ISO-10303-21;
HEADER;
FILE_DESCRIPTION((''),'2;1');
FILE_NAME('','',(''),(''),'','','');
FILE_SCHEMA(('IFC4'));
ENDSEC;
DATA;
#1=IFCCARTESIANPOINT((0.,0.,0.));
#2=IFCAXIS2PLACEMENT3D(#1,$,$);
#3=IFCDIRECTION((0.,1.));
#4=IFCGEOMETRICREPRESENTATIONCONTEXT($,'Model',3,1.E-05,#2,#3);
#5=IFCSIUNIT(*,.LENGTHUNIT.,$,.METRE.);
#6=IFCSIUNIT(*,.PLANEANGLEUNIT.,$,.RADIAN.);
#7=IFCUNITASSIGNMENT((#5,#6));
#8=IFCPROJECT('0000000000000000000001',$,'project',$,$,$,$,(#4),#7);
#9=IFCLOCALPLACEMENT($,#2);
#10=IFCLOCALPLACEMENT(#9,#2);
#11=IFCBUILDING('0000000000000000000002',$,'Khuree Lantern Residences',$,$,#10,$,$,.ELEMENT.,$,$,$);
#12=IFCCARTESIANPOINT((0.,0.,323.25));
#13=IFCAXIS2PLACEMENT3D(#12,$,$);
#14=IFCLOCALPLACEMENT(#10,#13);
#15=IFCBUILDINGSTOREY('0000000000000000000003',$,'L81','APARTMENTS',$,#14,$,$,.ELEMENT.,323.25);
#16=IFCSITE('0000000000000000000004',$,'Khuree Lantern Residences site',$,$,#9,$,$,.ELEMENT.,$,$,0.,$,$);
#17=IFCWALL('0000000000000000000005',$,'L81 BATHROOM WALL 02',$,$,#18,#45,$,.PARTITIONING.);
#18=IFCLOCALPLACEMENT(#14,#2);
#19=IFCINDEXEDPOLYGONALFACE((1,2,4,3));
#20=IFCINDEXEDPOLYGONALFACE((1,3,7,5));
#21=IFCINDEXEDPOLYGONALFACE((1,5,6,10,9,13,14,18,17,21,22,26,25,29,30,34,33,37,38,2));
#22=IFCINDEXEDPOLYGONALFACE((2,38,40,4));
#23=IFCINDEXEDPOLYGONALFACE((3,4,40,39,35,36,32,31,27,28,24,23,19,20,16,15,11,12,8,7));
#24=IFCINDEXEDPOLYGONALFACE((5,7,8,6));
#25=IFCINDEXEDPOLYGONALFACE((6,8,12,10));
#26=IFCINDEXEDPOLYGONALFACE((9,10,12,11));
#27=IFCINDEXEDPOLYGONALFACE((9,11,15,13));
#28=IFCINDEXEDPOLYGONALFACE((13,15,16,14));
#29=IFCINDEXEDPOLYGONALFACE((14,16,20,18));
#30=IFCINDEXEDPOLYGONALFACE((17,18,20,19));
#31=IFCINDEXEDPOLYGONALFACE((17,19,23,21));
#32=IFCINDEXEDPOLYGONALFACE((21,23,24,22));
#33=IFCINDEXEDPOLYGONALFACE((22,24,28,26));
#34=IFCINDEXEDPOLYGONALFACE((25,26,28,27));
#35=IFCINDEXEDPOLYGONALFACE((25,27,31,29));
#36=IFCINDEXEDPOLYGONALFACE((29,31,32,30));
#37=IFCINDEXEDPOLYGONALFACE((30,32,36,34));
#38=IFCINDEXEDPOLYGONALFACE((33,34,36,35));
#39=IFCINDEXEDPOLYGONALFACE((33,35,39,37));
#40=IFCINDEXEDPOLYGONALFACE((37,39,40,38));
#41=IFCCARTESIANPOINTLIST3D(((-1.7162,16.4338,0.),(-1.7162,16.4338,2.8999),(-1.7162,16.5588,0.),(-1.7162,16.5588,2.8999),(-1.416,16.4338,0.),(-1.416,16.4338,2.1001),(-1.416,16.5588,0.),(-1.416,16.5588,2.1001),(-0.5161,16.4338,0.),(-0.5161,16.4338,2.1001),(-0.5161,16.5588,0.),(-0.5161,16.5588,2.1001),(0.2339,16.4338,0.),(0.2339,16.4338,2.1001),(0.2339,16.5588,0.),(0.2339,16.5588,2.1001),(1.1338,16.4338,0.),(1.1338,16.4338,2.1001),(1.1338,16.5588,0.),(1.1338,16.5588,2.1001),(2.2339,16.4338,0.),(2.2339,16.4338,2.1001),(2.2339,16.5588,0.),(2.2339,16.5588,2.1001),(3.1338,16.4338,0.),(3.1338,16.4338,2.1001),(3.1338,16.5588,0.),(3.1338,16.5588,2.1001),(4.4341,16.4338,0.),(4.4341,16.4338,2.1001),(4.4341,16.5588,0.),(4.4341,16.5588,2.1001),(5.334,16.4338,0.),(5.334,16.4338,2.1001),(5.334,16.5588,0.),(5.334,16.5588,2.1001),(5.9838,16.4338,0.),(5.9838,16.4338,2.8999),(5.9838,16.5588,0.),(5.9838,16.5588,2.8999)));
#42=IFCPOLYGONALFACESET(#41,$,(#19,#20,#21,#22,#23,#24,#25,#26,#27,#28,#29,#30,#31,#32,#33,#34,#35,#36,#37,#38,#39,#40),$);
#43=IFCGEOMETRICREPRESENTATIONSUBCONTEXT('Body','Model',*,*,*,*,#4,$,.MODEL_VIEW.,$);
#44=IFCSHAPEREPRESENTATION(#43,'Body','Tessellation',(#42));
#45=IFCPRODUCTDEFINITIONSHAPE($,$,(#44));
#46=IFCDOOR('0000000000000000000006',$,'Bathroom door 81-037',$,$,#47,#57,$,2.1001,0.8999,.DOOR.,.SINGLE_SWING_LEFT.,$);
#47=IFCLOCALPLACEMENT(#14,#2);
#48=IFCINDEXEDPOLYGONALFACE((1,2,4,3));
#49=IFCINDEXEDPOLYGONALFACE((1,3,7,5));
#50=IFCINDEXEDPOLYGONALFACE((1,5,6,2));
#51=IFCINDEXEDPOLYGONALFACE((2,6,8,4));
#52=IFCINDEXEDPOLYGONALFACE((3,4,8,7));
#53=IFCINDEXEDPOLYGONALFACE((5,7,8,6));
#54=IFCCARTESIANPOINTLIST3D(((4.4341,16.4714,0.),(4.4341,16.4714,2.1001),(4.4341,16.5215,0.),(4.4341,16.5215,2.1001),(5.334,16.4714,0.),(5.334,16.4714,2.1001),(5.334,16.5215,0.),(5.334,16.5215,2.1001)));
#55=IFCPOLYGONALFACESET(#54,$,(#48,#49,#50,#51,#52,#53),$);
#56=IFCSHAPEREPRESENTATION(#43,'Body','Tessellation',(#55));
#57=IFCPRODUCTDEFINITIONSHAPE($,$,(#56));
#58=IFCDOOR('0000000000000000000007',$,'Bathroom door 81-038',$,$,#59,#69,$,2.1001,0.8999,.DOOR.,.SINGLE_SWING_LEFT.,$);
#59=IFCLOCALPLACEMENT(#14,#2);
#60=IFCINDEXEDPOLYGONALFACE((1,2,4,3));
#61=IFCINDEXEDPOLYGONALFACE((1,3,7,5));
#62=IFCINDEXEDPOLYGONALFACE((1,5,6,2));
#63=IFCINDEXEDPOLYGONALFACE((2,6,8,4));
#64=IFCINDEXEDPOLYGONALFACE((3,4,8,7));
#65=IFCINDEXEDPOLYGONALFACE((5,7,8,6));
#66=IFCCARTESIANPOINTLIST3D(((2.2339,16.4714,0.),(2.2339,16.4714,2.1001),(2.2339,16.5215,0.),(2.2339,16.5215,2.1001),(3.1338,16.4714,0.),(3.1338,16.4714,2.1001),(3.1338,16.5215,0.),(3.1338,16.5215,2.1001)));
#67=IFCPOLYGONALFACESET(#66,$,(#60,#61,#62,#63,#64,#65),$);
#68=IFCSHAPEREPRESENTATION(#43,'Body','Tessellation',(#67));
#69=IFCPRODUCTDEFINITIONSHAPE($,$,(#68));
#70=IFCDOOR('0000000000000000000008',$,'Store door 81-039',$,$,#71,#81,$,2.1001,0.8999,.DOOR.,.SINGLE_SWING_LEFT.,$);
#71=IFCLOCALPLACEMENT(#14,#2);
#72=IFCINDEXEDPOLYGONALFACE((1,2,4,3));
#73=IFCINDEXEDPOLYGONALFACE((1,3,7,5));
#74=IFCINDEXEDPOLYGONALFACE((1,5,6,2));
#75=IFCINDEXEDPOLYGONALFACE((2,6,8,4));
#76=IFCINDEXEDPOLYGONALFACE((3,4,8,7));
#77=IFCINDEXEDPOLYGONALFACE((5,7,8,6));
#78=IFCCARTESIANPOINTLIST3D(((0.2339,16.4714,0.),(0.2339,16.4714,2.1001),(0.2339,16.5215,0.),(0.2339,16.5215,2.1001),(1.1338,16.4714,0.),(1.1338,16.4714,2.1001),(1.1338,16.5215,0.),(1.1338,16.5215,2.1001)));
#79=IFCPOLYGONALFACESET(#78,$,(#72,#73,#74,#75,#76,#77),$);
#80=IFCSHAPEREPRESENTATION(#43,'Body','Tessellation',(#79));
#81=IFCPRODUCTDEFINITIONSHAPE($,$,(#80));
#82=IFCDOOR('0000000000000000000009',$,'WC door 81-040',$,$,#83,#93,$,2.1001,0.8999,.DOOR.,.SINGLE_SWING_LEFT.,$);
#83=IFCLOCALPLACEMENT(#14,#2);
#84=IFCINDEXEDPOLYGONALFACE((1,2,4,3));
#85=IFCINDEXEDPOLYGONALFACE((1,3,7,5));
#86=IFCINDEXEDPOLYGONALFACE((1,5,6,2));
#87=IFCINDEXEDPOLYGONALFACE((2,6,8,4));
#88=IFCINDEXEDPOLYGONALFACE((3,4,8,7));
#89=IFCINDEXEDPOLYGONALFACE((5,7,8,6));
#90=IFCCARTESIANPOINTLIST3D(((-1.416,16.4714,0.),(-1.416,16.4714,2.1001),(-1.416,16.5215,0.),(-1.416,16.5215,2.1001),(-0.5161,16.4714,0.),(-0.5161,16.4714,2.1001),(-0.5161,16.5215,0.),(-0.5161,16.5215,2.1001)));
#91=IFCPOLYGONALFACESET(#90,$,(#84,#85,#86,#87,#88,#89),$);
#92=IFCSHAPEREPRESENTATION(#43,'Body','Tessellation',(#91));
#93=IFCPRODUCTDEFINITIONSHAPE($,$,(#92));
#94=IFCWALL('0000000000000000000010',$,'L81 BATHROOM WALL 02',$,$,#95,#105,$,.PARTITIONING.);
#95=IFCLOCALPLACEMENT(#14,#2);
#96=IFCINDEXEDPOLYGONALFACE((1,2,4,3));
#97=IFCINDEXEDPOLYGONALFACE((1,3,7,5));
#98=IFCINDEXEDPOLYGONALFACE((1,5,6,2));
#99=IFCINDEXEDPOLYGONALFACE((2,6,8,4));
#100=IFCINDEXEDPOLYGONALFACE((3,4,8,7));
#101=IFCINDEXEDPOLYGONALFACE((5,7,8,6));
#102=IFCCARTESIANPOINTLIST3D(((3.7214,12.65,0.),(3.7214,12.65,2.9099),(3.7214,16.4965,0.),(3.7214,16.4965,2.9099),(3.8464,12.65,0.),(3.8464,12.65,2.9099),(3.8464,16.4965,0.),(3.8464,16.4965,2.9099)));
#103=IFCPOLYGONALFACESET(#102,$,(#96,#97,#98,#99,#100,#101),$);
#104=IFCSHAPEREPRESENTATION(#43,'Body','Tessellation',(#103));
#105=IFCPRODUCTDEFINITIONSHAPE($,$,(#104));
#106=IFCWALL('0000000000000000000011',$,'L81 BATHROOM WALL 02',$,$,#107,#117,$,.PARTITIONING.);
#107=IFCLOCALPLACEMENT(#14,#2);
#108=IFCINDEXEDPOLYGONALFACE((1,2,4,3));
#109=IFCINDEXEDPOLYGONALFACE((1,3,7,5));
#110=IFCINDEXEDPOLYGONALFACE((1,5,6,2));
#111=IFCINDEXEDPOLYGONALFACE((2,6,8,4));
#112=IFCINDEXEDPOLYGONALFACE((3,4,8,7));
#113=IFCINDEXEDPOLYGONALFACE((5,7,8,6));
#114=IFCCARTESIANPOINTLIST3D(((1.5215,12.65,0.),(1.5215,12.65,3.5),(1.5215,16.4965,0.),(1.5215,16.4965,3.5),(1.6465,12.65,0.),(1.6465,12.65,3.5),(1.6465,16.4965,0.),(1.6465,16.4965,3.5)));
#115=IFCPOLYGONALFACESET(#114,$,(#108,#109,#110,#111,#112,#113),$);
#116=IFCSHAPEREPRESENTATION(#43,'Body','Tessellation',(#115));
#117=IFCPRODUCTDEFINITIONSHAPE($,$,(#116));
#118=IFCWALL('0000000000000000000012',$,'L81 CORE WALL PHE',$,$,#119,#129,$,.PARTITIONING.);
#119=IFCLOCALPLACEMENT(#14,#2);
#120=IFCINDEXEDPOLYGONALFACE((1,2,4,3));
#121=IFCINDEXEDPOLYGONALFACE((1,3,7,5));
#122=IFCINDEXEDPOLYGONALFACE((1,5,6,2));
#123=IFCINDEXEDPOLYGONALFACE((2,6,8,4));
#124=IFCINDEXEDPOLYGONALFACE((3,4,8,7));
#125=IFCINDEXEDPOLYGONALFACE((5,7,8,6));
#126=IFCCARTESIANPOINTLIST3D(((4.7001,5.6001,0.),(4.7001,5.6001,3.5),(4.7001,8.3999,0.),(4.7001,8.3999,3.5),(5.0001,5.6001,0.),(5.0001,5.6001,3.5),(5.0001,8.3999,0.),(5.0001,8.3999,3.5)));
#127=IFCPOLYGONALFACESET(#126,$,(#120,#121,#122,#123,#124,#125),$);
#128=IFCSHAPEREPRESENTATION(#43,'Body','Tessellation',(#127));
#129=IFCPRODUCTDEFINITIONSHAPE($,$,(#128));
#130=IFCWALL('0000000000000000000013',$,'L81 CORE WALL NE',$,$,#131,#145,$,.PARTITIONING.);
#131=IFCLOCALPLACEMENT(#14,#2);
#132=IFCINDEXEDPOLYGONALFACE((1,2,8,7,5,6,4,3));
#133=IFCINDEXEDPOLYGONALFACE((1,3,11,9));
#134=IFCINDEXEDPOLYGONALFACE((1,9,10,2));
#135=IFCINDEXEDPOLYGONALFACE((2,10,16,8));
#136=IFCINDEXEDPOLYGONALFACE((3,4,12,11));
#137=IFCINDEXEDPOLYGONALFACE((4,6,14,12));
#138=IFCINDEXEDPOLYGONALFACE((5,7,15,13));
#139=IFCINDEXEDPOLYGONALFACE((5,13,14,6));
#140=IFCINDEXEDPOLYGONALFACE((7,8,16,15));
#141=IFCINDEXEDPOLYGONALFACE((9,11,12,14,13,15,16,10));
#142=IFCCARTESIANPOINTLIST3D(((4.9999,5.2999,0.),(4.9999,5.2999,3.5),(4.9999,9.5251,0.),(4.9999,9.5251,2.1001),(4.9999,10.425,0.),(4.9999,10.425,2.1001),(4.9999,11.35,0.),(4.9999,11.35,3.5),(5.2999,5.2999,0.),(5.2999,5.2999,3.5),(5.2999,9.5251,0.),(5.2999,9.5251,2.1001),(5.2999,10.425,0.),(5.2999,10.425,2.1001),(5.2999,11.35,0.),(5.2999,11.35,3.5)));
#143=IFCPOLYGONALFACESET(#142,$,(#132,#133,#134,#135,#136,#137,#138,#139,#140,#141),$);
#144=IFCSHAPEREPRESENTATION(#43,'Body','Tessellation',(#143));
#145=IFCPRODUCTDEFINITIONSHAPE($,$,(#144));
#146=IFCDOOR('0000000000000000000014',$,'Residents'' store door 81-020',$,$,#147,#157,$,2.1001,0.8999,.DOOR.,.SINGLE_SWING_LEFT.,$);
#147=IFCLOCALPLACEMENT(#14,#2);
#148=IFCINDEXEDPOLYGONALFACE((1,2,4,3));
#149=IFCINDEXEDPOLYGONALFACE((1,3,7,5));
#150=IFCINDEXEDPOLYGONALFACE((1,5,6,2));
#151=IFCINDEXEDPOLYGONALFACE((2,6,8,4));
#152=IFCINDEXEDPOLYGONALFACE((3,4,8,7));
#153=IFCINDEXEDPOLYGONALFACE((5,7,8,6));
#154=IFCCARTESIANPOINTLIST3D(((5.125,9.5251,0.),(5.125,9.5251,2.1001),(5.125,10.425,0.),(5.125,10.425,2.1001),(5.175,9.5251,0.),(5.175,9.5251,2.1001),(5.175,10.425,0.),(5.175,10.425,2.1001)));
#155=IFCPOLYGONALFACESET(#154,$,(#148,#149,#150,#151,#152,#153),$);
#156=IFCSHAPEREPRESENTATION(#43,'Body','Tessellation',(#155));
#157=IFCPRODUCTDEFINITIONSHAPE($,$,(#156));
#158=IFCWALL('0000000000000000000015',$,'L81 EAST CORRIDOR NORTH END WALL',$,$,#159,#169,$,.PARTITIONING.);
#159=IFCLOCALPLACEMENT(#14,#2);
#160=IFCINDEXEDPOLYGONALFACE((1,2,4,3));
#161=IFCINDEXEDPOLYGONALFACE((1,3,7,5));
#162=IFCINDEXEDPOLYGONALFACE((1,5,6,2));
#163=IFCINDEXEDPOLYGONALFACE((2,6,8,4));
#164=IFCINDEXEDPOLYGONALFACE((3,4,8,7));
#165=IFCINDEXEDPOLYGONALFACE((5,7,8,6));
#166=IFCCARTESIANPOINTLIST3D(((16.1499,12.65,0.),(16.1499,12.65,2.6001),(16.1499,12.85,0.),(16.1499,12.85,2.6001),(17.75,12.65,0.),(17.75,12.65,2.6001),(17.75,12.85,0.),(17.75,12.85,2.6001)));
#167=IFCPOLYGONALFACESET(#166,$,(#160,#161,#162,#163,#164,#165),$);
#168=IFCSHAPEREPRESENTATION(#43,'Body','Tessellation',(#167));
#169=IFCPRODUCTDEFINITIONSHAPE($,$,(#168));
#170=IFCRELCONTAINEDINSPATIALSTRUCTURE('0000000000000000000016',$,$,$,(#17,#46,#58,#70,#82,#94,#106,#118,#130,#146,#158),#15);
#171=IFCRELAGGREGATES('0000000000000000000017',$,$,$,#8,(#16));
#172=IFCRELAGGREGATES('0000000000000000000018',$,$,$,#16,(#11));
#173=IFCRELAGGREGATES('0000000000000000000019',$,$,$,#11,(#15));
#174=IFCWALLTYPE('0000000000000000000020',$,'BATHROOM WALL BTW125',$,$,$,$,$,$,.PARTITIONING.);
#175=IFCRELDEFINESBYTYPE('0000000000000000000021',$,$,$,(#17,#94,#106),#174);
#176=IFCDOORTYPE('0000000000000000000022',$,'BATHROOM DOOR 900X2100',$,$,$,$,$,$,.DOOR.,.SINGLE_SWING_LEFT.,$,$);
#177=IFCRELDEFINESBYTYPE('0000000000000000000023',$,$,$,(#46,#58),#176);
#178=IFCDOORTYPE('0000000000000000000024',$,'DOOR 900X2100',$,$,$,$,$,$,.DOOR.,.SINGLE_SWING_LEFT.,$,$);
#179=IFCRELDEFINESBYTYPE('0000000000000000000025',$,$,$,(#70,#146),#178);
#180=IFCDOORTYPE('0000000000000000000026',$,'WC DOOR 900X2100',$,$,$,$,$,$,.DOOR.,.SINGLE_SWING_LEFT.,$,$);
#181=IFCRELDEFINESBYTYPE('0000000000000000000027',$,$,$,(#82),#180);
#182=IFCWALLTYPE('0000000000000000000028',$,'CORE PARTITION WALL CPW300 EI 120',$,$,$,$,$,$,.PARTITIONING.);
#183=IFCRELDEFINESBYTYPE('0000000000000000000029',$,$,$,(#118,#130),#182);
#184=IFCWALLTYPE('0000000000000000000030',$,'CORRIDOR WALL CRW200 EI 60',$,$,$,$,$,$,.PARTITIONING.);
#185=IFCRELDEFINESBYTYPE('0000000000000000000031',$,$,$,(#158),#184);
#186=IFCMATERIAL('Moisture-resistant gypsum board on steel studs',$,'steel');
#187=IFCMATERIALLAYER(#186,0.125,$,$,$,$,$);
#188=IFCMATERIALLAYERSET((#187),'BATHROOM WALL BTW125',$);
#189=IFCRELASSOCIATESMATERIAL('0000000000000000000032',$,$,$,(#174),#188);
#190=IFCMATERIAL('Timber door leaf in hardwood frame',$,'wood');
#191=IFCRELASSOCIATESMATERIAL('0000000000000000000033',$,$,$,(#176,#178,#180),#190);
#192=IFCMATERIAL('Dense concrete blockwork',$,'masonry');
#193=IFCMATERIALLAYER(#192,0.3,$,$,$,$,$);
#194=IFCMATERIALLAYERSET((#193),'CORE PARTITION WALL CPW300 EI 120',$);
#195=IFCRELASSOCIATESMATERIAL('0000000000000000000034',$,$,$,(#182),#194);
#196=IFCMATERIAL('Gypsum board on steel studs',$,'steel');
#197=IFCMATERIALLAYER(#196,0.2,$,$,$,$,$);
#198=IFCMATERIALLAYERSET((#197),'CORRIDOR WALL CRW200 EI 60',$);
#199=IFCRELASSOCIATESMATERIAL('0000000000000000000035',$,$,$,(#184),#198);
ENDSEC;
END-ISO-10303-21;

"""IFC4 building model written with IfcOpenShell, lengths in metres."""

from ifc_helpers import new_model, si_unit, direction, frame, frame_2d, origin, place, context, subcontext, project, spatial, rectangle, extrude, material, layer, layer_set, type_object, element, fill, save


model = new_model("IFC4")

# Units and contexts
model_context = context("Model", 3, precision=1e-05, world=origin(), true_north=direction((0.0, 1.0)))
body_context = subcontext(model_context, "Body", "Model", "MODEL_VIEW")
ifc_project = project(units=[si_unit("LENGTHUNIT", "METRE"), si_unit("PLANEANGLEUNIT", "RADIAN")], contexts=[model_context])

# Site, building, storey
site_placement = place(None, origin())
site = spatial("IfcSite", under=ifc_project, at=site_placement, Name="Khuree Lantern Residences site", CompositionType="ELEMENT", RefElevation=0.0)
building_placement = place(site_placement, origin())
building = spatial("IfcBuilding", under=site, at=building_placement, Name="Khuree Lantern Residences", CompositionType="ELEMENT")
storey_placement = place(building_placement, frame((0.0, 0.0, 323.25)))
storey = spatial("IfcBuildingStorey", under=building, at=storey_placement, Name="L81", Description="APARTMENTS", CompositionType="ELEMENT", Elevation=323.25)

# Shared definitions
ifc_material_1 = material(Name="Moisture-resistant gypsum board on steel studs", Category="steel")
ifc_layer_1 = layer(ifc_material_1, 0.125)
ifc_layer_set_1 = layer_set([ifc_layer_1], Name="BATHROOM WALL BTW125")
wall_type_1 = type_object("IfcWallType", Name="BATHROOM WALL BTW125", PredefinedType="PARTITIONING", material=ifc_layer_set_1)

# Wall, openings, doors
wall_1_placement = place(storey_placement, frame((5.9839, 16.4963, 0.0), z_axis=(0.0, 0.0, 1.0), x_axis=(-1.0, 0.0, 0.0)))
wall_1 = element("IfcWall", 1, at=wall_1_placement, inside=storey, type_object=wall_type_1, Name="L81 BATHROOM WALL 02", PredefinedType="PARTITIONING", context=body_context, shape_type="SweptSolid", body=[
    extrude(rectangle(XDim=7.7, YDim=0.125, at=frame_2d((3.8501, 0.0))), origin(), (0.0, 0.0, 1.0), 2.8999),
])
opening_1_placement = place(wall_1_placement, frame((0.6499, 0.0, 0.0)))
opening_1 = element("IfcOpeningElement", 2, at=opening_1_placement, cuts=wall_1, PredefinedType="OPENING", context=body_context, shape_type="SweptSolid", body=[
    extrude(rectangle(XDim=0.8999, YDim=2.1001, at=frame_2d((0.45, 1.05))), frame((0.0, 0.0725, 0.0), z_axis=(0.0, -1.0, 0.0), x_axis=(1.0, 0.0, 0.0)), (0.0, 0.0, 1.0), 0.145),
])
opening_2_placement = place(wall_1_placement, frame((2.8501, 0.0, 0.0)))
opening_2 = element("IfcOpeningElement", 3, at=opening_2_placement, cuts=wall_1, PredefinedType="OPENING", context=body_context, shape_type="SweptSolid", body=[
    extrude(rectangle(XDim=0.8999, YDim=2.1001, at=frame_2d((0.45, 1.05))), frame((0.0, 0.0725, 0.0), z_axis=(0.0, -1.0, 0.0), x_axis=(1.0, 0.0, 0.0)), (0.0, 0.0, 1.0), 0.145),
])
opening_3_placement = place(wall_1_placement, frame((4.8501, 0.0, 0.0)))
opening_3 = element("IfcOpeningElement", 4, at=opening_3_placement, cuts=wall_1, PredefinedType="OPENING", context=body_context, shape_type="SweptSolid", body=[
    extrude(rectangle(XDim=0.8999, YDim=2.1001, at=frame_2d((0.45, 1.05))), frame((0.0, 0.0725, 0.0), z_axis=(0.0, -1.0, 0.0), x_axis=(1.0, 0.0, 0.0)), (0.0, 0.0, 1.0), 0.145),
])
opening_4_placement = place(wall_1_placement, frame((6.5, 0.0, 0.0)))
opening_4 = element("IfcOpeningElement", 5, at=opening_4_placement, cuts=wall_1, PredefinedType="OPENING", context=body_context, shape_type="SweptSolid", body=[
    extrude(rectangle(XDim=0.8999, YDim=2.1001, at=frame_2d((0.45, 1.05))), frame((0.0, 0.0725, 0.0), z_axis=(0.0, -1.0, 0.0), x_axis=(1.0, 0.0, 0.0)), (0.0, 0.0, 1.0), 0.145),
])
ifc_material_2 = material(Name="Timber door leaf in hardwood frame", Category="wood")
door_type_1 = type_object("IfcDoorType", Name="BATHROOM DOOR 900X2100", OperationType="SINGLE_SWING_LEFT", PredefinedType="DOOR", material=ifc_material_2)
door_1_placement = place(opening_1_placement, origin())
door_1 = element("IfcDoor", 6, at=door_1_placement, inside=storey, type_object=door_type_1, Name="Bathroom door 81-037", OperationType="SINGLE_SWING_LEFT", OverallHeight=2.1001, OverallWidth=0.8999, PredefinedType="DOOR", context=body_context, shape_type="SweptSolid", body=[
    extrude(rectangle(XDim=0.8999, YDim=2.1001, at=frame_2d((0.45, 1.05))), frame((0.0, 0.0249, 0.0), z_axis=(0.0, -1.0, 0.0), x_axis=(1.0, 0.0, 0.0)), (0.0, 0.0, 1.0), 0.05),
])
fill(opening_1, door_1)
door_2_placement = place(opening_2_placement, origin())
door_2 = element("IfcDoor", 7, at=door_2_placement, inside=storey, type_object=door_type_1, Name="Bathroom door 81-038", OperationType="SINGLE_SWING_LEFT", OverallHeight=2.1001, OverallWidth=0.8999, PredefinedType="DOOR", context=body_context, shape_type="SweptSolid", body=[
    extrude(rectangle(XDim=0.8999, YDim=2.1001, at=frame_2d((0.45, 1.05))), frame((0.0, 0.0249, 0.0), z_axis=(0.0, -1.0, 0.0), x_axis=(1.0, 0.0, 0.0)), (0.0, 0.0, 1.0), 0.05),
])
fill(opening_2, door_2)
door_type_2 = type_object("IfcDoorType", Name="DOOR 900X2100", OperationType="SINGLE_SWING_LEFT", PredefinedType="DOOR", material=ifc_material_2)
door_3_placement = place(opening_3_placement, origin())
door_3 = element("IfcDoor", 8, at=door_3_placement, inside=storey, type_object=door_type_2, Name="Store door 81-039", OperationType="SINGLE_SWING_LEFT", OverallHeight=2.1001, OverallWidth=0.8999, PredefinedType="DOOR", context=body_context, shape_type="SweptSolid", body=[
    extrude(rectangle(XDim=0.8999, YDim=2.1001, at=frame_2d((0.45, 1.05))), frame((0.0, 0.0249, 0.0), z_axis=(0.0, -1.0, 0.0), x_axis=(1.0, 0.0, 0.0)), (0.0, 0.0, 1.0), 0.05),
])
fill(opening_3, door_3)
door_type_3 = type_object("IfcDoorType", Name="WC DOOR 900X2100", OperationType="SINGLE_SWING_LEFT", PredefinedType="DOOR", material=ifc_material_2)
door_4_placement = place(opening_4_placement, origin())
door_4 = element("IfcDoor", 9, at=door_4_placement, inside=storey, type_object=door_type_3, Name="WC door 81-040", OperationType="SINGLE_SWING_LEFT", OverallHeight=2.1001, OverallWidth=0.8999, PredefinedType="DOOR", context=body_context, shape_type="SweptSolid", body=[
    extrude(rectangle(XDim=0.8999, YDim=2.1001, at=frame_2d((0.45, 1.05))), frame((0.0, 0.0249, 0.0), z_axis=(0.0, -1.0, 0.0), x_axis=(1.0, 0.0, 0.0)), (0.0, 0.0, 1.0), 0.05),
])
fill(opening_4, door_4)

# Walls
wall_2_placement = place(storey_placement, frame((3.7839, 12.6499, 0.0), z_axis=(0.0, 0.0, 1.0), x_axis=(0.0, 1.0, 0.0)))
element("IfcWall", 10, at=wall_2_placement, inside=storey, type_object=wall_type_1, Name="L81 BATHROOM WALL 02", PredefinedType="PARTITIONING", context=body_context, shape_type="SweptSolid", body=[
    extrude(rectangle(XDim=3.8464, YDim=0.125, at=frame_2d((1.9233, 0.0))), origin(), (0.0, 0.0, 1.0), 2.9099),
])
wall_3_placement = place(storey_placement, frame((1.584, 12.6499, 0.0), z_axis=(0.0, 0.0, 1.0), x_axis=(0.0, 1.0, 0.0)))
element("IfcWall", 11, at=wall_3_placement, inside=storey, type_object=wall_type_1, Name="L81 BATHROOM WALL 02", PredefinedType="PARTITIONING", context=body_context, shape_type="SweptSolid", body=[
    extrude(rectangle(XDim=3.8464, YDim=0.125, at=frame_2d((1.9233, 0.0))), origin(), (0.0, 0.0, 1.0), 3.5),
])
ifc_material_3 = material(Name="Dense concrete blockwork", Category="masonry")
ifc_layer_2 = layer(ifc_material_3, 0.3)
ifc_layer_set_2 = layer_set([ifc_layer_2], Name="CORE PARTITION WALL CPW300 EI 120")
wall_type_2 = type_object("IfcWallType", Name="CORE PARTITION WALL CPW300 EI 120", PredefinedType="PARTITIONING", material=ifc_layer_set_2)
wall_4_placement = place(storey_placement, frame((4.8501, 5.6001, 0.0), z_axis=(0.0, 0.0, 1.0), x_axis=(0.0, 1.0, 0.0)))
element("IfcWall", 12, at=wall_4_placement, inside=storey, type_object=wall_type_2, Name="L81 CORE WALL PHE", PredefinedType="PARTITIONING", context=body_context, shape_type="SweptSolid", body=[
    extrude(rectangle(XDim=2.7998, YDim=0.3, at=frame_2d((1.3999, 0.0))), origin(), (0.0, 0.0, 1.0), 3.5),
])

# Wall, opening, door
wall_5_placement = place(storey_placement, frame((5.1499, 5.3, 0.0), z_axis=(0.0, 0.0, 1.0), x_axis=(0.0, 1.0, 0.0)))
wall_5 = element("IfcWall", 13, at=wall_5_placement, inside=storey, type_object=wall_type_2, Name="L81 CORE WALL NE", PredefinedType="PARTITIONING", context=body_context, shape_type="SweptSolid", body=[
    extrude(rectangle(XDim=6.05, YDim=0.3, at=frame_2d((3.0249, 0.0))), origin(), (0.0, 0.0, 1.0), 3.5),
])
opening_5_placement = place(wall_5_placement, frame((4.2251, 0.0, 0.0)))
opening_5 = element("IfcOpeningElement", 14, at=opening_5_placement, cuts=wall_5, PredefinedType="OPENING", context=body_context, shape_type="SweptSolid", body=[
    extrude(rectangle(XDim=0.8999, YDim=2.1001, at=frame_2d((0.45, 1.05))), frame((0.0, 0.1602, 0.0), z_axis=(0.0, -1.0, 0.0), x_axis=(1.0, 0.0, 0.0)), (0.0, 0.0, 1.0), 0.3201),
])
door_5_placement = place(opening_5_placement, origin())
door_5 = element("IfcDoor", 15, at=door_5_placement, inside=storey, type_object=door_type_2, Name="Residents' store door 81-020", OperationType="SINGLE_SWING_LEFT", OverallHeight=2.1001, OverallWidth=0.8999, PredefinedType="DOOR", context=body_context, shape_type="SweptSolid", body=[
    extrude(rectangle(XDim=0.8999, YDim=2.1001, at=frame_2d((0.45, 1.05))), frame((0.0, 0.0249, 0.0), z_axis=(0.0, -1.0, 0.0), x_axis=(1.0, 0.0, 0.0)), (0.0, 0.0, 1.0), 0.05),
])
fill(opening_5, door_5)

# Wall
ifc_material_4 = material(Name="Gypsum board on steel studs", Category="steel")
ifc_layer_3 = layer(ifc_material_4, 0.2)
ifc_layer_set_3 = layer_set([ifc_layer_3], Name="CORRIDOR WALL CRW200 EI 60")
wall_type_3 = type_object("IfcWallType", Name="CORRIDOR WALL CRW200 EI 60", PredefinedType="PARTITIONING", material=ifc_layer_set_3)
wall_6_placement = place(storey_placement, frame((16.1499, 12.75, 0.0), z_axis=(0.0, 0.0, 1.0), x_axis=(1.0, 0.0, 0.0)))
element("IfcWall", 16, at=wall_6_placement, inside=storey, type_object=wall_type_3, Name="L81 EAST CORRIDOR NORTH END WALL", PredefinedType="PARTITIONING", context=body_context, shape_type="SweptSolid", body=[
    extrude(rectangle(XDim=1.6001, YDim=0.2, at=frame_2d((0.8, 0.0))), origin(), (0.0, 0.0, 1.0), 2.6001),
])

save(model, "model.ifc")
